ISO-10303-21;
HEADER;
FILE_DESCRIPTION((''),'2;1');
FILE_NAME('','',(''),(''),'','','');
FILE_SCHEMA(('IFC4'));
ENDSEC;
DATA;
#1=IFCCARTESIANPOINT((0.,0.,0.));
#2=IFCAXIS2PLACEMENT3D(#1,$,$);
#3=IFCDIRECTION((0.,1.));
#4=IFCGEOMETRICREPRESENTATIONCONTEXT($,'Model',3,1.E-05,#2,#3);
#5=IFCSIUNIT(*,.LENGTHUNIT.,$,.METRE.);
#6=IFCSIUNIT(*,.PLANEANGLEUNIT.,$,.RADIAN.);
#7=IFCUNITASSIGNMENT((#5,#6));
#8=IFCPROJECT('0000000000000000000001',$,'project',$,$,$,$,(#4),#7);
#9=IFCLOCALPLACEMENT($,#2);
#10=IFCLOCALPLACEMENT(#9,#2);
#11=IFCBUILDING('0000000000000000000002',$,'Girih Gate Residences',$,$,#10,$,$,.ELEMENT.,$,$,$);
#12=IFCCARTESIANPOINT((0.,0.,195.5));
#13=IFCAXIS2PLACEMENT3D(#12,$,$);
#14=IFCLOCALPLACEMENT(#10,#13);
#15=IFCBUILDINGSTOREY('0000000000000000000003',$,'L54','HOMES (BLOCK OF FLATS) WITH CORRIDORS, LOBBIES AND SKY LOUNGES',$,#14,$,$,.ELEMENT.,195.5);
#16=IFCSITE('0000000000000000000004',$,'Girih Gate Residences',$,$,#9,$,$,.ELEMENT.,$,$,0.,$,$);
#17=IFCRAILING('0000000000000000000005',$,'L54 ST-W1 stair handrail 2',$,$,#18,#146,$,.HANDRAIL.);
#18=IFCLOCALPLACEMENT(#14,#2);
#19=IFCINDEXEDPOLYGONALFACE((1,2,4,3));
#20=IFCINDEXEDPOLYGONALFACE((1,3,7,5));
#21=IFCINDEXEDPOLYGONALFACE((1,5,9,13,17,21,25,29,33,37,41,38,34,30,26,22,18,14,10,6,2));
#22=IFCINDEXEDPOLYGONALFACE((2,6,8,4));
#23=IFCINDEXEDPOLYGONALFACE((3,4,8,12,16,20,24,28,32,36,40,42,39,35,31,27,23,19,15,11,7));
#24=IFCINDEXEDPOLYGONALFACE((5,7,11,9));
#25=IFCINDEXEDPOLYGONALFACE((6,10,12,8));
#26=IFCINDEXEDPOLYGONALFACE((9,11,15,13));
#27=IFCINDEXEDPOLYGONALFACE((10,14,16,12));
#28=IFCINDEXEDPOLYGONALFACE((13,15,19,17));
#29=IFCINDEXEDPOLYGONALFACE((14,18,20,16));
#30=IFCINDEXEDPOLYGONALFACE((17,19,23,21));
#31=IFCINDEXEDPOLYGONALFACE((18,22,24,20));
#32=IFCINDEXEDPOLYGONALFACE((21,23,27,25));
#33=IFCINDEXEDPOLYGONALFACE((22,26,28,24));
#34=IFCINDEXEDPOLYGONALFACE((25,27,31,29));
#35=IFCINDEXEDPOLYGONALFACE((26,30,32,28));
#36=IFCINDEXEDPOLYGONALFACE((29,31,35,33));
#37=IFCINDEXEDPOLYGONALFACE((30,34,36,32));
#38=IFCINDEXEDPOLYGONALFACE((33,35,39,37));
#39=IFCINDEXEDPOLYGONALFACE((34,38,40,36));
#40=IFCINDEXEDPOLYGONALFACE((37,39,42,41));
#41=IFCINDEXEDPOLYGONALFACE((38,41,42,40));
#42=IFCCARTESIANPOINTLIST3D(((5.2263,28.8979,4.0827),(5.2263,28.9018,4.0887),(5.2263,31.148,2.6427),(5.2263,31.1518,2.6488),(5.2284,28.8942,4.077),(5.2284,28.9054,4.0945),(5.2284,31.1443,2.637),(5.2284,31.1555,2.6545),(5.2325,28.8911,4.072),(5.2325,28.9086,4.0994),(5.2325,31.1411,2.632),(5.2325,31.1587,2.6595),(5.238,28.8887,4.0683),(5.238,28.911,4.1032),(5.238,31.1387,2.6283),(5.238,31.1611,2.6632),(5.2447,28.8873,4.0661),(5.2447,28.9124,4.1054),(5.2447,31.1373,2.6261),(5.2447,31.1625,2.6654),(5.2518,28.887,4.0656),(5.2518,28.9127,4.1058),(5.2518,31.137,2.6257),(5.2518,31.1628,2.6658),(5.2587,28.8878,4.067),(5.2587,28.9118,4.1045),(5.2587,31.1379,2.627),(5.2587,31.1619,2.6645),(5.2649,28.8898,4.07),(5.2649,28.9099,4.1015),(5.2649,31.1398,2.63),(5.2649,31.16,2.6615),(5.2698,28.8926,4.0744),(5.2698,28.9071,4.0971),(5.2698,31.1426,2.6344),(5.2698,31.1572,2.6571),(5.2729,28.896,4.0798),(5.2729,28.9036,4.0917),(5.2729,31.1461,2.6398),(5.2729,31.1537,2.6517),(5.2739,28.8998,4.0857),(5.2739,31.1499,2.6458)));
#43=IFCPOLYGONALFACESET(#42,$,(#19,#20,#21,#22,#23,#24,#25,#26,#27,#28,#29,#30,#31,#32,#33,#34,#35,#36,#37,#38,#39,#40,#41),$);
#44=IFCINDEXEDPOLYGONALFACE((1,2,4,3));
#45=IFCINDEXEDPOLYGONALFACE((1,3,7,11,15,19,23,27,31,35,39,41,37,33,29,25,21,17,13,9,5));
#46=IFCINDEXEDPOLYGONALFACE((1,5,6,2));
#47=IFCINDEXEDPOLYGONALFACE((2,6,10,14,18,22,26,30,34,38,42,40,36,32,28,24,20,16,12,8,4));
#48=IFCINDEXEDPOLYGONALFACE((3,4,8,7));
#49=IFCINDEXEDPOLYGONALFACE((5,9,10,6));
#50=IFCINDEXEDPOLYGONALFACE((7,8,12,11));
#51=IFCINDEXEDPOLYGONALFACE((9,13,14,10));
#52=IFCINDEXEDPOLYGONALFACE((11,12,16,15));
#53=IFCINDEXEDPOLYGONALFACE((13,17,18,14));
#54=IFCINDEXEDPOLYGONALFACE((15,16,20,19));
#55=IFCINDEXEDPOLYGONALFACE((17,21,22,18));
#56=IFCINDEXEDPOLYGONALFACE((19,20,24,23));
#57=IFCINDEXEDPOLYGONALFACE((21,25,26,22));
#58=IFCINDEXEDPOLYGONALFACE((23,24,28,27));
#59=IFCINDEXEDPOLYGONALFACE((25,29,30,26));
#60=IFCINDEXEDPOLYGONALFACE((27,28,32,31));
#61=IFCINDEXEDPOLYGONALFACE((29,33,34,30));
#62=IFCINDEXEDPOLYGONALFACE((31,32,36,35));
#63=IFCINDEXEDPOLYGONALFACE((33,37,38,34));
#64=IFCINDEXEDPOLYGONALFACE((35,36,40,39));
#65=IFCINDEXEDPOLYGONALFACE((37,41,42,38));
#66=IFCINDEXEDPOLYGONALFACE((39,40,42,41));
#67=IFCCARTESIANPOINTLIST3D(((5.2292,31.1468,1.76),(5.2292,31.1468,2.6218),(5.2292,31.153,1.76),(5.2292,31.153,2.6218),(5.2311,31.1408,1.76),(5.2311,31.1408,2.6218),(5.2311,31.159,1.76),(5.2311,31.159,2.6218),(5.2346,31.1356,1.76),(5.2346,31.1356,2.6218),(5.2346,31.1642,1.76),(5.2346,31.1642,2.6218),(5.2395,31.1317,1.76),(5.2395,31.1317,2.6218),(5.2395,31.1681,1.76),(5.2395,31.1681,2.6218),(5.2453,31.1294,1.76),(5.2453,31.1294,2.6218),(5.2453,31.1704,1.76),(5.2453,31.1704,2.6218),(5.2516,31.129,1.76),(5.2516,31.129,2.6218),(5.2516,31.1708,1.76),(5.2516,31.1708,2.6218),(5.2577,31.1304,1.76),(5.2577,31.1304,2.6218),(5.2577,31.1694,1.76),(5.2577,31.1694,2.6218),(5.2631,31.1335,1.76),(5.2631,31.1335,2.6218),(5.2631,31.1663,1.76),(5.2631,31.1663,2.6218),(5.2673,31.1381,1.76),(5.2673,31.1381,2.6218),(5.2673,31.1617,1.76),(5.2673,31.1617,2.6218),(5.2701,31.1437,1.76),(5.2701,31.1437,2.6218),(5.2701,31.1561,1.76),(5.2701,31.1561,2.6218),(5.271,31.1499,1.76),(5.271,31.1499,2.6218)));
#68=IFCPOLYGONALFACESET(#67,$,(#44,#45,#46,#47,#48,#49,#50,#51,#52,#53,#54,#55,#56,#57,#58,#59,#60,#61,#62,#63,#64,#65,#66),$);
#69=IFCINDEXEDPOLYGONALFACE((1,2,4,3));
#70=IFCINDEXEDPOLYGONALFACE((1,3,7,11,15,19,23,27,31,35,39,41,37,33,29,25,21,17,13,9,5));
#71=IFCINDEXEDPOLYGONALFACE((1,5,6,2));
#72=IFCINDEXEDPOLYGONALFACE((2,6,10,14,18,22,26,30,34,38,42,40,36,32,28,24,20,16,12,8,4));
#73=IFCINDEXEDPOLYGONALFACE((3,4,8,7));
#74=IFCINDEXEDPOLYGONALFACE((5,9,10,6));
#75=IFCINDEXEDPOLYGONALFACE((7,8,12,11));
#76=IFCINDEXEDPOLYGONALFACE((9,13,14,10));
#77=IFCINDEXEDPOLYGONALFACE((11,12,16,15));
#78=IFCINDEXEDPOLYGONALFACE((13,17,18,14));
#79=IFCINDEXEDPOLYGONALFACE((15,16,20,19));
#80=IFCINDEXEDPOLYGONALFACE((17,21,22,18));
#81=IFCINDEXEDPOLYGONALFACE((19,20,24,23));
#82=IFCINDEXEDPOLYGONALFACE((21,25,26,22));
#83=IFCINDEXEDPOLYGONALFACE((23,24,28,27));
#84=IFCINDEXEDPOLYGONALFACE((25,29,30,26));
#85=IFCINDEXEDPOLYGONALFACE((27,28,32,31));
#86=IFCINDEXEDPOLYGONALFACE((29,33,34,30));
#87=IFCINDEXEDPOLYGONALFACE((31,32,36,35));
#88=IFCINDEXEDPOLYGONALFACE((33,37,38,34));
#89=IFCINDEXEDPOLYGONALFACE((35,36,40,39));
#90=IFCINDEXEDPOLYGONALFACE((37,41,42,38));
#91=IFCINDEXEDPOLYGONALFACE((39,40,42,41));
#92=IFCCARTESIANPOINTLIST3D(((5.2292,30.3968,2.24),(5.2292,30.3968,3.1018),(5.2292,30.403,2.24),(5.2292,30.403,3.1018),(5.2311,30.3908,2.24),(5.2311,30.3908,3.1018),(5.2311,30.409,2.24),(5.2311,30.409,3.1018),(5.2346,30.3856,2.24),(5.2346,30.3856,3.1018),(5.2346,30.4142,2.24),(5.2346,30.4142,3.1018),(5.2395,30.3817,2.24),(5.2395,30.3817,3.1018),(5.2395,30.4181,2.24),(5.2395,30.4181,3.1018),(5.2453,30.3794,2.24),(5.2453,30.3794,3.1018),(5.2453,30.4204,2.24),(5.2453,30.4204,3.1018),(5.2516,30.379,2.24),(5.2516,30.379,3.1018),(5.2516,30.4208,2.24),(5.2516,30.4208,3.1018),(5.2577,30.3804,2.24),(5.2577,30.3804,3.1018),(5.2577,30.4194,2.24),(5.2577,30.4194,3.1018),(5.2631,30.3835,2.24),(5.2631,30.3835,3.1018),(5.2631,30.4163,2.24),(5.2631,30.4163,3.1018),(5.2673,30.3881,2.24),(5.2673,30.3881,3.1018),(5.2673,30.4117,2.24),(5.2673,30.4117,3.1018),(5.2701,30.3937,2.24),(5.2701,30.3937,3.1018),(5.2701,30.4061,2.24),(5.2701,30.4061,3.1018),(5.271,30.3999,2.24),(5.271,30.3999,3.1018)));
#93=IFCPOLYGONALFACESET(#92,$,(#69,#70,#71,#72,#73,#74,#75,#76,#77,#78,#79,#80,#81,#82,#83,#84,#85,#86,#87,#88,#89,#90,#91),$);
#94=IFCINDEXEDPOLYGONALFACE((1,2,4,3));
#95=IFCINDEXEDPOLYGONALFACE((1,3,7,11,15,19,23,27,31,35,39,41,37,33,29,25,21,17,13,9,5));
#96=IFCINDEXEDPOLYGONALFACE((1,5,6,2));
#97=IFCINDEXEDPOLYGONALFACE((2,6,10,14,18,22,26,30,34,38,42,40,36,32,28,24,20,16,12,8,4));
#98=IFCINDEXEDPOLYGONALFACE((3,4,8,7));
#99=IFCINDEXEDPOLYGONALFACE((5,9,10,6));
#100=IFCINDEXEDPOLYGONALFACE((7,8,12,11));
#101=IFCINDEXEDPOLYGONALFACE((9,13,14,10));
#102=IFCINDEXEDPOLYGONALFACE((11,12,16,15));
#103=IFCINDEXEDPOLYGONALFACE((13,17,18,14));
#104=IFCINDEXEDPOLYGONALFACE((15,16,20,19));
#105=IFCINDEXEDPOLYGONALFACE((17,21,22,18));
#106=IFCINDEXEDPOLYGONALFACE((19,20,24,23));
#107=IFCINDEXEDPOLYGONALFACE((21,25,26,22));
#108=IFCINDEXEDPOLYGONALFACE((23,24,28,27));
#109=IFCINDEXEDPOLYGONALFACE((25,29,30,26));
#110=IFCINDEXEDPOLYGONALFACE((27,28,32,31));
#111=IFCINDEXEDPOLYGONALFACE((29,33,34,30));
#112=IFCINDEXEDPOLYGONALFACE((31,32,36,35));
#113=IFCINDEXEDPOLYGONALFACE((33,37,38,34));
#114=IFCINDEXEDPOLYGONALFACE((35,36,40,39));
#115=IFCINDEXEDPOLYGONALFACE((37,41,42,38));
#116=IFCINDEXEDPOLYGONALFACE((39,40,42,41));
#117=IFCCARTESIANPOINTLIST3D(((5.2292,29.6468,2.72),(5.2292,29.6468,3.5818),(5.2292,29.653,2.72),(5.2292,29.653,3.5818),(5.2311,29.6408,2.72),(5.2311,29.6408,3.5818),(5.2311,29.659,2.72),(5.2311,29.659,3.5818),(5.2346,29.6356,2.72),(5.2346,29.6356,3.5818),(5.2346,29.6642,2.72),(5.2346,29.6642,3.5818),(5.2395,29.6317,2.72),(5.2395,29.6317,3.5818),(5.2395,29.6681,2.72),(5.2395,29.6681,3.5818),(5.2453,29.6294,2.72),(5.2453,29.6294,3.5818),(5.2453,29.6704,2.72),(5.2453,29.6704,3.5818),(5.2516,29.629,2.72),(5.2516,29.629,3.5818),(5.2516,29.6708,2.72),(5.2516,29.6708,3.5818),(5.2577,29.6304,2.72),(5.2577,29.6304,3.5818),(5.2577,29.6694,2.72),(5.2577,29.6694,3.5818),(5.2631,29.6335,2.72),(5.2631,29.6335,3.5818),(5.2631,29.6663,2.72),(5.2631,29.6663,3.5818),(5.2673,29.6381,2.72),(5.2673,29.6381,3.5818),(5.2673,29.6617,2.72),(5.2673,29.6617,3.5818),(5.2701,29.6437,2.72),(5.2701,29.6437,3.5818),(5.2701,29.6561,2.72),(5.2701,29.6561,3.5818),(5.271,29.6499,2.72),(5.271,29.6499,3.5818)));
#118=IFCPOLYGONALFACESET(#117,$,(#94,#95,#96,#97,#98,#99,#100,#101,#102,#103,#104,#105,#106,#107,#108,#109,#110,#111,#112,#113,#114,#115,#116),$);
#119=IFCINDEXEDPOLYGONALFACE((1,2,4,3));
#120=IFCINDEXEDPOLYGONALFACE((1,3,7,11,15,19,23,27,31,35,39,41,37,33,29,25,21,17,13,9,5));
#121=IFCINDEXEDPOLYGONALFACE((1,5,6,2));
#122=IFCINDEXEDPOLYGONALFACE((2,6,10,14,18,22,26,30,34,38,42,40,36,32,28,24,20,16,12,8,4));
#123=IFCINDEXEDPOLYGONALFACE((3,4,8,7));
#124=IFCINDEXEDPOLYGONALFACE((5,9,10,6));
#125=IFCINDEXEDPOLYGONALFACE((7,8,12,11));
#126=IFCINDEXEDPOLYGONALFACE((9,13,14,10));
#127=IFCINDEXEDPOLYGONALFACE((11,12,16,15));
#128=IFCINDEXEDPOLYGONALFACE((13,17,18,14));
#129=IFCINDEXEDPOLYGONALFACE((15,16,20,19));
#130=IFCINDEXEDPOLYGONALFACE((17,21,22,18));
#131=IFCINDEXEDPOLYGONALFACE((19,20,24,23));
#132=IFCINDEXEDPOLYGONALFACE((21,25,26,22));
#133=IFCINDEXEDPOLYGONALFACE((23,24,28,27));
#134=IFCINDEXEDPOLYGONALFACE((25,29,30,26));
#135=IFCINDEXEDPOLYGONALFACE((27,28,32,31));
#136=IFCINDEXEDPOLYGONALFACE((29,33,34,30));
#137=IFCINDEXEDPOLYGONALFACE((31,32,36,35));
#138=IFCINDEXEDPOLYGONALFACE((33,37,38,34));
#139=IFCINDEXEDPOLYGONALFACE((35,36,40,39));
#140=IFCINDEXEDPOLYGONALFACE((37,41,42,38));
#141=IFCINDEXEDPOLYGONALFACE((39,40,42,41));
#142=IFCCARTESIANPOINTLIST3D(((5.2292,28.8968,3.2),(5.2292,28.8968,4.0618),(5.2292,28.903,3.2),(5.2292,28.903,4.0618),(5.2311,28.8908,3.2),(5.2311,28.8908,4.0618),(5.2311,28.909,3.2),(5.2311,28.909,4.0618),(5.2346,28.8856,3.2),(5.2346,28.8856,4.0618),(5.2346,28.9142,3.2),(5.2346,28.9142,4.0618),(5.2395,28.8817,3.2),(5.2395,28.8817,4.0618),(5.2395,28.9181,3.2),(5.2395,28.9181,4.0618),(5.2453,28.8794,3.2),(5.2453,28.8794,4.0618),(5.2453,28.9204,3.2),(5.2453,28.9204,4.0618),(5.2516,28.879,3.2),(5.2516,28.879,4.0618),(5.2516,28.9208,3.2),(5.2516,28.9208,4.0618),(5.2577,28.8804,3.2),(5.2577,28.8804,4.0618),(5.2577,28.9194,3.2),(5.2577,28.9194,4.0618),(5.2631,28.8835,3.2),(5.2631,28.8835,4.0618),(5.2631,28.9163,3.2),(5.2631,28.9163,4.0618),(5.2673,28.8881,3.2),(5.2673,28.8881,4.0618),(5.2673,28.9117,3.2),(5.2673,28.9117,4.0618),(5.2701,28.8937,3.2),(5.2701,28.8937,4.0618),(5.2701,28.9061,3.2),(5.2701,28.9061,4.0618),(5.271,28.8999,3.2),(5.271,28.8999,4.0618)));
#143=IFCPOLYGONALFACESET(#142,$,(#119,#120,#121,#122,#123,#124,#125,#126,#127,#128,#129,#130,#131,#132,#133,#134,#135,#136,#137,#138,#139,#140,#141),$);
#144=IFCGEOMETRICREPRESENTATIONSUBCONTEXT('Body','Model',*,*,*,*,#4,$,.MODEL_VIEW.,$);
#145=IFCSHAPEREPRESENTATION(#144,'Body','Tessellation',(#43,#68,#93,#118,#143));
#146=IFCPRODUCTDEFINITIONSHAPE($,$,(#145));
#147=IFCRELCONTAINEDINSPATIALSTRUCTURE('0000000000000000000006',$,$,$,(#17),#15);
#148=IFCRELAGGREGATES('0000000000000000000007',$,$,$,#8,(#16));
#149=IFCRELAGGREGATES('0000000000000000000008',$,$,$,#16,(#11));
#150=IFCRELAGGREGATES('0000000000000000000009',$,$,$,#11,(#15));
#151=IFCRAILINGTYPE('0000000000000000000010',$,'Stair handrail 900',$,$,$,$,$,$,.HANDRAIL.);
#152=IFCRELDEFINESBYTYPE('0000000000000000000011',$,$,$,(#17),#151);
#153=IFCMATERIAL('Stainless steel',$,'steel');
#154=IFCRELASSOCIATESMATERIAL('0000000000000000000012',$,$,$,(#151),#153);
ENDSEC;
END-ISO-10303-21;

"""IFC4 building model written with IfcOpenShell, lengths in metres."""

from ifc_helpers import new_model, si_unit, direction, frame, origin, origin_2d, place, context, subcontext, project, spatial, circle, extrude, material, type_object, element, save


model = new_model("IFC4")

# Units and contexts
model_context = context("Model", 3, precision=1e-05, world=origin(), true_north=direction((0.0, 1.0)))
body_context = subcontext(model_context, "Body", "Model", "MODEL_VIEW")
ifc_project = project(units=[si_unit("LENGTHUNIT", "METRE"), si_unit("PLANEANGLEUNIT", "RADIAN")], contexts=[model_context])

# Site, building, storey
site_placement = place(None, origin())
site = spatial("IfcSite", under=ifc_project, at=site_placement, Name="Girih Gate Residences", CompositionType="ELEMENT", RefElevation=0.0)
building_placement = place(site_placement, origin())
building = spatial("IfcBuilding", under=site, at=building_placement, Name="Girih Gate Residences", CompositionType="ELEMENT")
storey_placement = place(building_placement, frame((0.0, 0.0, 195.5)))
storey = spatial("IfcBuildingStorey", under=building, at=storey_placement, Name="L54", Description="HOMES (BLOCK OF FLATS) WITH CORRIDORS, LOBBIES AND SKY LOUNGES", CompositionType="ELEMENT", Elevation=195.5)

# Railing
ifc_material_1 = material(Name="Stainless steel", Category="steel")
railing_type_1 = type_object("IfcRailingType", Name="Stair handrail 900", PredefinedType="HANDRAIL", material=ifc_material_1)
railing_1_placement = place(storey_placement, frame((5.25, 31.1499, 1.76)))
element("IfcRailing", 1, at=railing_1_placement, inside=storey, type_object=railing_type_1, Name="L54 ST-W1 stair handrail 2", PredefinedType="HANDRAIL", context=body_context, shape_type="SweptSolid", body=[
    extrude(circle(Radius=0.0239, at=origin_2d()), frame((0.0, 0.0, 0.8857), z_axis=(0.0, -0.842281, 0.539038), x_axis=(1.0, 0.0, 0.0)), (0.0, 0.0, 1.0), 2.6714),
    extrude(circle(Radius=0.021, at=origin_2d()), origin(), (0.0, 0.0, 1.0), 0.8618),
    extrude(circle(Radius=0.021, at=origin_2d()), frame((0.0, -0.75, 0.48)), (0.0, 0.0, 1.0), 0.8618),
    extrude(circle(Radius=0.021, at=origin_2d()), frame((0.0, -1.5, 0.96)), (0.0, 0.0, 1.0), 0.8618),
    extrude(circle(Radius=0.021, at=origin_2d()), frame((0.0, -2.25, 1.4399)), (0.0, 0.0, 1.0), 0.8618),
])

save(model, "model.ifc")
